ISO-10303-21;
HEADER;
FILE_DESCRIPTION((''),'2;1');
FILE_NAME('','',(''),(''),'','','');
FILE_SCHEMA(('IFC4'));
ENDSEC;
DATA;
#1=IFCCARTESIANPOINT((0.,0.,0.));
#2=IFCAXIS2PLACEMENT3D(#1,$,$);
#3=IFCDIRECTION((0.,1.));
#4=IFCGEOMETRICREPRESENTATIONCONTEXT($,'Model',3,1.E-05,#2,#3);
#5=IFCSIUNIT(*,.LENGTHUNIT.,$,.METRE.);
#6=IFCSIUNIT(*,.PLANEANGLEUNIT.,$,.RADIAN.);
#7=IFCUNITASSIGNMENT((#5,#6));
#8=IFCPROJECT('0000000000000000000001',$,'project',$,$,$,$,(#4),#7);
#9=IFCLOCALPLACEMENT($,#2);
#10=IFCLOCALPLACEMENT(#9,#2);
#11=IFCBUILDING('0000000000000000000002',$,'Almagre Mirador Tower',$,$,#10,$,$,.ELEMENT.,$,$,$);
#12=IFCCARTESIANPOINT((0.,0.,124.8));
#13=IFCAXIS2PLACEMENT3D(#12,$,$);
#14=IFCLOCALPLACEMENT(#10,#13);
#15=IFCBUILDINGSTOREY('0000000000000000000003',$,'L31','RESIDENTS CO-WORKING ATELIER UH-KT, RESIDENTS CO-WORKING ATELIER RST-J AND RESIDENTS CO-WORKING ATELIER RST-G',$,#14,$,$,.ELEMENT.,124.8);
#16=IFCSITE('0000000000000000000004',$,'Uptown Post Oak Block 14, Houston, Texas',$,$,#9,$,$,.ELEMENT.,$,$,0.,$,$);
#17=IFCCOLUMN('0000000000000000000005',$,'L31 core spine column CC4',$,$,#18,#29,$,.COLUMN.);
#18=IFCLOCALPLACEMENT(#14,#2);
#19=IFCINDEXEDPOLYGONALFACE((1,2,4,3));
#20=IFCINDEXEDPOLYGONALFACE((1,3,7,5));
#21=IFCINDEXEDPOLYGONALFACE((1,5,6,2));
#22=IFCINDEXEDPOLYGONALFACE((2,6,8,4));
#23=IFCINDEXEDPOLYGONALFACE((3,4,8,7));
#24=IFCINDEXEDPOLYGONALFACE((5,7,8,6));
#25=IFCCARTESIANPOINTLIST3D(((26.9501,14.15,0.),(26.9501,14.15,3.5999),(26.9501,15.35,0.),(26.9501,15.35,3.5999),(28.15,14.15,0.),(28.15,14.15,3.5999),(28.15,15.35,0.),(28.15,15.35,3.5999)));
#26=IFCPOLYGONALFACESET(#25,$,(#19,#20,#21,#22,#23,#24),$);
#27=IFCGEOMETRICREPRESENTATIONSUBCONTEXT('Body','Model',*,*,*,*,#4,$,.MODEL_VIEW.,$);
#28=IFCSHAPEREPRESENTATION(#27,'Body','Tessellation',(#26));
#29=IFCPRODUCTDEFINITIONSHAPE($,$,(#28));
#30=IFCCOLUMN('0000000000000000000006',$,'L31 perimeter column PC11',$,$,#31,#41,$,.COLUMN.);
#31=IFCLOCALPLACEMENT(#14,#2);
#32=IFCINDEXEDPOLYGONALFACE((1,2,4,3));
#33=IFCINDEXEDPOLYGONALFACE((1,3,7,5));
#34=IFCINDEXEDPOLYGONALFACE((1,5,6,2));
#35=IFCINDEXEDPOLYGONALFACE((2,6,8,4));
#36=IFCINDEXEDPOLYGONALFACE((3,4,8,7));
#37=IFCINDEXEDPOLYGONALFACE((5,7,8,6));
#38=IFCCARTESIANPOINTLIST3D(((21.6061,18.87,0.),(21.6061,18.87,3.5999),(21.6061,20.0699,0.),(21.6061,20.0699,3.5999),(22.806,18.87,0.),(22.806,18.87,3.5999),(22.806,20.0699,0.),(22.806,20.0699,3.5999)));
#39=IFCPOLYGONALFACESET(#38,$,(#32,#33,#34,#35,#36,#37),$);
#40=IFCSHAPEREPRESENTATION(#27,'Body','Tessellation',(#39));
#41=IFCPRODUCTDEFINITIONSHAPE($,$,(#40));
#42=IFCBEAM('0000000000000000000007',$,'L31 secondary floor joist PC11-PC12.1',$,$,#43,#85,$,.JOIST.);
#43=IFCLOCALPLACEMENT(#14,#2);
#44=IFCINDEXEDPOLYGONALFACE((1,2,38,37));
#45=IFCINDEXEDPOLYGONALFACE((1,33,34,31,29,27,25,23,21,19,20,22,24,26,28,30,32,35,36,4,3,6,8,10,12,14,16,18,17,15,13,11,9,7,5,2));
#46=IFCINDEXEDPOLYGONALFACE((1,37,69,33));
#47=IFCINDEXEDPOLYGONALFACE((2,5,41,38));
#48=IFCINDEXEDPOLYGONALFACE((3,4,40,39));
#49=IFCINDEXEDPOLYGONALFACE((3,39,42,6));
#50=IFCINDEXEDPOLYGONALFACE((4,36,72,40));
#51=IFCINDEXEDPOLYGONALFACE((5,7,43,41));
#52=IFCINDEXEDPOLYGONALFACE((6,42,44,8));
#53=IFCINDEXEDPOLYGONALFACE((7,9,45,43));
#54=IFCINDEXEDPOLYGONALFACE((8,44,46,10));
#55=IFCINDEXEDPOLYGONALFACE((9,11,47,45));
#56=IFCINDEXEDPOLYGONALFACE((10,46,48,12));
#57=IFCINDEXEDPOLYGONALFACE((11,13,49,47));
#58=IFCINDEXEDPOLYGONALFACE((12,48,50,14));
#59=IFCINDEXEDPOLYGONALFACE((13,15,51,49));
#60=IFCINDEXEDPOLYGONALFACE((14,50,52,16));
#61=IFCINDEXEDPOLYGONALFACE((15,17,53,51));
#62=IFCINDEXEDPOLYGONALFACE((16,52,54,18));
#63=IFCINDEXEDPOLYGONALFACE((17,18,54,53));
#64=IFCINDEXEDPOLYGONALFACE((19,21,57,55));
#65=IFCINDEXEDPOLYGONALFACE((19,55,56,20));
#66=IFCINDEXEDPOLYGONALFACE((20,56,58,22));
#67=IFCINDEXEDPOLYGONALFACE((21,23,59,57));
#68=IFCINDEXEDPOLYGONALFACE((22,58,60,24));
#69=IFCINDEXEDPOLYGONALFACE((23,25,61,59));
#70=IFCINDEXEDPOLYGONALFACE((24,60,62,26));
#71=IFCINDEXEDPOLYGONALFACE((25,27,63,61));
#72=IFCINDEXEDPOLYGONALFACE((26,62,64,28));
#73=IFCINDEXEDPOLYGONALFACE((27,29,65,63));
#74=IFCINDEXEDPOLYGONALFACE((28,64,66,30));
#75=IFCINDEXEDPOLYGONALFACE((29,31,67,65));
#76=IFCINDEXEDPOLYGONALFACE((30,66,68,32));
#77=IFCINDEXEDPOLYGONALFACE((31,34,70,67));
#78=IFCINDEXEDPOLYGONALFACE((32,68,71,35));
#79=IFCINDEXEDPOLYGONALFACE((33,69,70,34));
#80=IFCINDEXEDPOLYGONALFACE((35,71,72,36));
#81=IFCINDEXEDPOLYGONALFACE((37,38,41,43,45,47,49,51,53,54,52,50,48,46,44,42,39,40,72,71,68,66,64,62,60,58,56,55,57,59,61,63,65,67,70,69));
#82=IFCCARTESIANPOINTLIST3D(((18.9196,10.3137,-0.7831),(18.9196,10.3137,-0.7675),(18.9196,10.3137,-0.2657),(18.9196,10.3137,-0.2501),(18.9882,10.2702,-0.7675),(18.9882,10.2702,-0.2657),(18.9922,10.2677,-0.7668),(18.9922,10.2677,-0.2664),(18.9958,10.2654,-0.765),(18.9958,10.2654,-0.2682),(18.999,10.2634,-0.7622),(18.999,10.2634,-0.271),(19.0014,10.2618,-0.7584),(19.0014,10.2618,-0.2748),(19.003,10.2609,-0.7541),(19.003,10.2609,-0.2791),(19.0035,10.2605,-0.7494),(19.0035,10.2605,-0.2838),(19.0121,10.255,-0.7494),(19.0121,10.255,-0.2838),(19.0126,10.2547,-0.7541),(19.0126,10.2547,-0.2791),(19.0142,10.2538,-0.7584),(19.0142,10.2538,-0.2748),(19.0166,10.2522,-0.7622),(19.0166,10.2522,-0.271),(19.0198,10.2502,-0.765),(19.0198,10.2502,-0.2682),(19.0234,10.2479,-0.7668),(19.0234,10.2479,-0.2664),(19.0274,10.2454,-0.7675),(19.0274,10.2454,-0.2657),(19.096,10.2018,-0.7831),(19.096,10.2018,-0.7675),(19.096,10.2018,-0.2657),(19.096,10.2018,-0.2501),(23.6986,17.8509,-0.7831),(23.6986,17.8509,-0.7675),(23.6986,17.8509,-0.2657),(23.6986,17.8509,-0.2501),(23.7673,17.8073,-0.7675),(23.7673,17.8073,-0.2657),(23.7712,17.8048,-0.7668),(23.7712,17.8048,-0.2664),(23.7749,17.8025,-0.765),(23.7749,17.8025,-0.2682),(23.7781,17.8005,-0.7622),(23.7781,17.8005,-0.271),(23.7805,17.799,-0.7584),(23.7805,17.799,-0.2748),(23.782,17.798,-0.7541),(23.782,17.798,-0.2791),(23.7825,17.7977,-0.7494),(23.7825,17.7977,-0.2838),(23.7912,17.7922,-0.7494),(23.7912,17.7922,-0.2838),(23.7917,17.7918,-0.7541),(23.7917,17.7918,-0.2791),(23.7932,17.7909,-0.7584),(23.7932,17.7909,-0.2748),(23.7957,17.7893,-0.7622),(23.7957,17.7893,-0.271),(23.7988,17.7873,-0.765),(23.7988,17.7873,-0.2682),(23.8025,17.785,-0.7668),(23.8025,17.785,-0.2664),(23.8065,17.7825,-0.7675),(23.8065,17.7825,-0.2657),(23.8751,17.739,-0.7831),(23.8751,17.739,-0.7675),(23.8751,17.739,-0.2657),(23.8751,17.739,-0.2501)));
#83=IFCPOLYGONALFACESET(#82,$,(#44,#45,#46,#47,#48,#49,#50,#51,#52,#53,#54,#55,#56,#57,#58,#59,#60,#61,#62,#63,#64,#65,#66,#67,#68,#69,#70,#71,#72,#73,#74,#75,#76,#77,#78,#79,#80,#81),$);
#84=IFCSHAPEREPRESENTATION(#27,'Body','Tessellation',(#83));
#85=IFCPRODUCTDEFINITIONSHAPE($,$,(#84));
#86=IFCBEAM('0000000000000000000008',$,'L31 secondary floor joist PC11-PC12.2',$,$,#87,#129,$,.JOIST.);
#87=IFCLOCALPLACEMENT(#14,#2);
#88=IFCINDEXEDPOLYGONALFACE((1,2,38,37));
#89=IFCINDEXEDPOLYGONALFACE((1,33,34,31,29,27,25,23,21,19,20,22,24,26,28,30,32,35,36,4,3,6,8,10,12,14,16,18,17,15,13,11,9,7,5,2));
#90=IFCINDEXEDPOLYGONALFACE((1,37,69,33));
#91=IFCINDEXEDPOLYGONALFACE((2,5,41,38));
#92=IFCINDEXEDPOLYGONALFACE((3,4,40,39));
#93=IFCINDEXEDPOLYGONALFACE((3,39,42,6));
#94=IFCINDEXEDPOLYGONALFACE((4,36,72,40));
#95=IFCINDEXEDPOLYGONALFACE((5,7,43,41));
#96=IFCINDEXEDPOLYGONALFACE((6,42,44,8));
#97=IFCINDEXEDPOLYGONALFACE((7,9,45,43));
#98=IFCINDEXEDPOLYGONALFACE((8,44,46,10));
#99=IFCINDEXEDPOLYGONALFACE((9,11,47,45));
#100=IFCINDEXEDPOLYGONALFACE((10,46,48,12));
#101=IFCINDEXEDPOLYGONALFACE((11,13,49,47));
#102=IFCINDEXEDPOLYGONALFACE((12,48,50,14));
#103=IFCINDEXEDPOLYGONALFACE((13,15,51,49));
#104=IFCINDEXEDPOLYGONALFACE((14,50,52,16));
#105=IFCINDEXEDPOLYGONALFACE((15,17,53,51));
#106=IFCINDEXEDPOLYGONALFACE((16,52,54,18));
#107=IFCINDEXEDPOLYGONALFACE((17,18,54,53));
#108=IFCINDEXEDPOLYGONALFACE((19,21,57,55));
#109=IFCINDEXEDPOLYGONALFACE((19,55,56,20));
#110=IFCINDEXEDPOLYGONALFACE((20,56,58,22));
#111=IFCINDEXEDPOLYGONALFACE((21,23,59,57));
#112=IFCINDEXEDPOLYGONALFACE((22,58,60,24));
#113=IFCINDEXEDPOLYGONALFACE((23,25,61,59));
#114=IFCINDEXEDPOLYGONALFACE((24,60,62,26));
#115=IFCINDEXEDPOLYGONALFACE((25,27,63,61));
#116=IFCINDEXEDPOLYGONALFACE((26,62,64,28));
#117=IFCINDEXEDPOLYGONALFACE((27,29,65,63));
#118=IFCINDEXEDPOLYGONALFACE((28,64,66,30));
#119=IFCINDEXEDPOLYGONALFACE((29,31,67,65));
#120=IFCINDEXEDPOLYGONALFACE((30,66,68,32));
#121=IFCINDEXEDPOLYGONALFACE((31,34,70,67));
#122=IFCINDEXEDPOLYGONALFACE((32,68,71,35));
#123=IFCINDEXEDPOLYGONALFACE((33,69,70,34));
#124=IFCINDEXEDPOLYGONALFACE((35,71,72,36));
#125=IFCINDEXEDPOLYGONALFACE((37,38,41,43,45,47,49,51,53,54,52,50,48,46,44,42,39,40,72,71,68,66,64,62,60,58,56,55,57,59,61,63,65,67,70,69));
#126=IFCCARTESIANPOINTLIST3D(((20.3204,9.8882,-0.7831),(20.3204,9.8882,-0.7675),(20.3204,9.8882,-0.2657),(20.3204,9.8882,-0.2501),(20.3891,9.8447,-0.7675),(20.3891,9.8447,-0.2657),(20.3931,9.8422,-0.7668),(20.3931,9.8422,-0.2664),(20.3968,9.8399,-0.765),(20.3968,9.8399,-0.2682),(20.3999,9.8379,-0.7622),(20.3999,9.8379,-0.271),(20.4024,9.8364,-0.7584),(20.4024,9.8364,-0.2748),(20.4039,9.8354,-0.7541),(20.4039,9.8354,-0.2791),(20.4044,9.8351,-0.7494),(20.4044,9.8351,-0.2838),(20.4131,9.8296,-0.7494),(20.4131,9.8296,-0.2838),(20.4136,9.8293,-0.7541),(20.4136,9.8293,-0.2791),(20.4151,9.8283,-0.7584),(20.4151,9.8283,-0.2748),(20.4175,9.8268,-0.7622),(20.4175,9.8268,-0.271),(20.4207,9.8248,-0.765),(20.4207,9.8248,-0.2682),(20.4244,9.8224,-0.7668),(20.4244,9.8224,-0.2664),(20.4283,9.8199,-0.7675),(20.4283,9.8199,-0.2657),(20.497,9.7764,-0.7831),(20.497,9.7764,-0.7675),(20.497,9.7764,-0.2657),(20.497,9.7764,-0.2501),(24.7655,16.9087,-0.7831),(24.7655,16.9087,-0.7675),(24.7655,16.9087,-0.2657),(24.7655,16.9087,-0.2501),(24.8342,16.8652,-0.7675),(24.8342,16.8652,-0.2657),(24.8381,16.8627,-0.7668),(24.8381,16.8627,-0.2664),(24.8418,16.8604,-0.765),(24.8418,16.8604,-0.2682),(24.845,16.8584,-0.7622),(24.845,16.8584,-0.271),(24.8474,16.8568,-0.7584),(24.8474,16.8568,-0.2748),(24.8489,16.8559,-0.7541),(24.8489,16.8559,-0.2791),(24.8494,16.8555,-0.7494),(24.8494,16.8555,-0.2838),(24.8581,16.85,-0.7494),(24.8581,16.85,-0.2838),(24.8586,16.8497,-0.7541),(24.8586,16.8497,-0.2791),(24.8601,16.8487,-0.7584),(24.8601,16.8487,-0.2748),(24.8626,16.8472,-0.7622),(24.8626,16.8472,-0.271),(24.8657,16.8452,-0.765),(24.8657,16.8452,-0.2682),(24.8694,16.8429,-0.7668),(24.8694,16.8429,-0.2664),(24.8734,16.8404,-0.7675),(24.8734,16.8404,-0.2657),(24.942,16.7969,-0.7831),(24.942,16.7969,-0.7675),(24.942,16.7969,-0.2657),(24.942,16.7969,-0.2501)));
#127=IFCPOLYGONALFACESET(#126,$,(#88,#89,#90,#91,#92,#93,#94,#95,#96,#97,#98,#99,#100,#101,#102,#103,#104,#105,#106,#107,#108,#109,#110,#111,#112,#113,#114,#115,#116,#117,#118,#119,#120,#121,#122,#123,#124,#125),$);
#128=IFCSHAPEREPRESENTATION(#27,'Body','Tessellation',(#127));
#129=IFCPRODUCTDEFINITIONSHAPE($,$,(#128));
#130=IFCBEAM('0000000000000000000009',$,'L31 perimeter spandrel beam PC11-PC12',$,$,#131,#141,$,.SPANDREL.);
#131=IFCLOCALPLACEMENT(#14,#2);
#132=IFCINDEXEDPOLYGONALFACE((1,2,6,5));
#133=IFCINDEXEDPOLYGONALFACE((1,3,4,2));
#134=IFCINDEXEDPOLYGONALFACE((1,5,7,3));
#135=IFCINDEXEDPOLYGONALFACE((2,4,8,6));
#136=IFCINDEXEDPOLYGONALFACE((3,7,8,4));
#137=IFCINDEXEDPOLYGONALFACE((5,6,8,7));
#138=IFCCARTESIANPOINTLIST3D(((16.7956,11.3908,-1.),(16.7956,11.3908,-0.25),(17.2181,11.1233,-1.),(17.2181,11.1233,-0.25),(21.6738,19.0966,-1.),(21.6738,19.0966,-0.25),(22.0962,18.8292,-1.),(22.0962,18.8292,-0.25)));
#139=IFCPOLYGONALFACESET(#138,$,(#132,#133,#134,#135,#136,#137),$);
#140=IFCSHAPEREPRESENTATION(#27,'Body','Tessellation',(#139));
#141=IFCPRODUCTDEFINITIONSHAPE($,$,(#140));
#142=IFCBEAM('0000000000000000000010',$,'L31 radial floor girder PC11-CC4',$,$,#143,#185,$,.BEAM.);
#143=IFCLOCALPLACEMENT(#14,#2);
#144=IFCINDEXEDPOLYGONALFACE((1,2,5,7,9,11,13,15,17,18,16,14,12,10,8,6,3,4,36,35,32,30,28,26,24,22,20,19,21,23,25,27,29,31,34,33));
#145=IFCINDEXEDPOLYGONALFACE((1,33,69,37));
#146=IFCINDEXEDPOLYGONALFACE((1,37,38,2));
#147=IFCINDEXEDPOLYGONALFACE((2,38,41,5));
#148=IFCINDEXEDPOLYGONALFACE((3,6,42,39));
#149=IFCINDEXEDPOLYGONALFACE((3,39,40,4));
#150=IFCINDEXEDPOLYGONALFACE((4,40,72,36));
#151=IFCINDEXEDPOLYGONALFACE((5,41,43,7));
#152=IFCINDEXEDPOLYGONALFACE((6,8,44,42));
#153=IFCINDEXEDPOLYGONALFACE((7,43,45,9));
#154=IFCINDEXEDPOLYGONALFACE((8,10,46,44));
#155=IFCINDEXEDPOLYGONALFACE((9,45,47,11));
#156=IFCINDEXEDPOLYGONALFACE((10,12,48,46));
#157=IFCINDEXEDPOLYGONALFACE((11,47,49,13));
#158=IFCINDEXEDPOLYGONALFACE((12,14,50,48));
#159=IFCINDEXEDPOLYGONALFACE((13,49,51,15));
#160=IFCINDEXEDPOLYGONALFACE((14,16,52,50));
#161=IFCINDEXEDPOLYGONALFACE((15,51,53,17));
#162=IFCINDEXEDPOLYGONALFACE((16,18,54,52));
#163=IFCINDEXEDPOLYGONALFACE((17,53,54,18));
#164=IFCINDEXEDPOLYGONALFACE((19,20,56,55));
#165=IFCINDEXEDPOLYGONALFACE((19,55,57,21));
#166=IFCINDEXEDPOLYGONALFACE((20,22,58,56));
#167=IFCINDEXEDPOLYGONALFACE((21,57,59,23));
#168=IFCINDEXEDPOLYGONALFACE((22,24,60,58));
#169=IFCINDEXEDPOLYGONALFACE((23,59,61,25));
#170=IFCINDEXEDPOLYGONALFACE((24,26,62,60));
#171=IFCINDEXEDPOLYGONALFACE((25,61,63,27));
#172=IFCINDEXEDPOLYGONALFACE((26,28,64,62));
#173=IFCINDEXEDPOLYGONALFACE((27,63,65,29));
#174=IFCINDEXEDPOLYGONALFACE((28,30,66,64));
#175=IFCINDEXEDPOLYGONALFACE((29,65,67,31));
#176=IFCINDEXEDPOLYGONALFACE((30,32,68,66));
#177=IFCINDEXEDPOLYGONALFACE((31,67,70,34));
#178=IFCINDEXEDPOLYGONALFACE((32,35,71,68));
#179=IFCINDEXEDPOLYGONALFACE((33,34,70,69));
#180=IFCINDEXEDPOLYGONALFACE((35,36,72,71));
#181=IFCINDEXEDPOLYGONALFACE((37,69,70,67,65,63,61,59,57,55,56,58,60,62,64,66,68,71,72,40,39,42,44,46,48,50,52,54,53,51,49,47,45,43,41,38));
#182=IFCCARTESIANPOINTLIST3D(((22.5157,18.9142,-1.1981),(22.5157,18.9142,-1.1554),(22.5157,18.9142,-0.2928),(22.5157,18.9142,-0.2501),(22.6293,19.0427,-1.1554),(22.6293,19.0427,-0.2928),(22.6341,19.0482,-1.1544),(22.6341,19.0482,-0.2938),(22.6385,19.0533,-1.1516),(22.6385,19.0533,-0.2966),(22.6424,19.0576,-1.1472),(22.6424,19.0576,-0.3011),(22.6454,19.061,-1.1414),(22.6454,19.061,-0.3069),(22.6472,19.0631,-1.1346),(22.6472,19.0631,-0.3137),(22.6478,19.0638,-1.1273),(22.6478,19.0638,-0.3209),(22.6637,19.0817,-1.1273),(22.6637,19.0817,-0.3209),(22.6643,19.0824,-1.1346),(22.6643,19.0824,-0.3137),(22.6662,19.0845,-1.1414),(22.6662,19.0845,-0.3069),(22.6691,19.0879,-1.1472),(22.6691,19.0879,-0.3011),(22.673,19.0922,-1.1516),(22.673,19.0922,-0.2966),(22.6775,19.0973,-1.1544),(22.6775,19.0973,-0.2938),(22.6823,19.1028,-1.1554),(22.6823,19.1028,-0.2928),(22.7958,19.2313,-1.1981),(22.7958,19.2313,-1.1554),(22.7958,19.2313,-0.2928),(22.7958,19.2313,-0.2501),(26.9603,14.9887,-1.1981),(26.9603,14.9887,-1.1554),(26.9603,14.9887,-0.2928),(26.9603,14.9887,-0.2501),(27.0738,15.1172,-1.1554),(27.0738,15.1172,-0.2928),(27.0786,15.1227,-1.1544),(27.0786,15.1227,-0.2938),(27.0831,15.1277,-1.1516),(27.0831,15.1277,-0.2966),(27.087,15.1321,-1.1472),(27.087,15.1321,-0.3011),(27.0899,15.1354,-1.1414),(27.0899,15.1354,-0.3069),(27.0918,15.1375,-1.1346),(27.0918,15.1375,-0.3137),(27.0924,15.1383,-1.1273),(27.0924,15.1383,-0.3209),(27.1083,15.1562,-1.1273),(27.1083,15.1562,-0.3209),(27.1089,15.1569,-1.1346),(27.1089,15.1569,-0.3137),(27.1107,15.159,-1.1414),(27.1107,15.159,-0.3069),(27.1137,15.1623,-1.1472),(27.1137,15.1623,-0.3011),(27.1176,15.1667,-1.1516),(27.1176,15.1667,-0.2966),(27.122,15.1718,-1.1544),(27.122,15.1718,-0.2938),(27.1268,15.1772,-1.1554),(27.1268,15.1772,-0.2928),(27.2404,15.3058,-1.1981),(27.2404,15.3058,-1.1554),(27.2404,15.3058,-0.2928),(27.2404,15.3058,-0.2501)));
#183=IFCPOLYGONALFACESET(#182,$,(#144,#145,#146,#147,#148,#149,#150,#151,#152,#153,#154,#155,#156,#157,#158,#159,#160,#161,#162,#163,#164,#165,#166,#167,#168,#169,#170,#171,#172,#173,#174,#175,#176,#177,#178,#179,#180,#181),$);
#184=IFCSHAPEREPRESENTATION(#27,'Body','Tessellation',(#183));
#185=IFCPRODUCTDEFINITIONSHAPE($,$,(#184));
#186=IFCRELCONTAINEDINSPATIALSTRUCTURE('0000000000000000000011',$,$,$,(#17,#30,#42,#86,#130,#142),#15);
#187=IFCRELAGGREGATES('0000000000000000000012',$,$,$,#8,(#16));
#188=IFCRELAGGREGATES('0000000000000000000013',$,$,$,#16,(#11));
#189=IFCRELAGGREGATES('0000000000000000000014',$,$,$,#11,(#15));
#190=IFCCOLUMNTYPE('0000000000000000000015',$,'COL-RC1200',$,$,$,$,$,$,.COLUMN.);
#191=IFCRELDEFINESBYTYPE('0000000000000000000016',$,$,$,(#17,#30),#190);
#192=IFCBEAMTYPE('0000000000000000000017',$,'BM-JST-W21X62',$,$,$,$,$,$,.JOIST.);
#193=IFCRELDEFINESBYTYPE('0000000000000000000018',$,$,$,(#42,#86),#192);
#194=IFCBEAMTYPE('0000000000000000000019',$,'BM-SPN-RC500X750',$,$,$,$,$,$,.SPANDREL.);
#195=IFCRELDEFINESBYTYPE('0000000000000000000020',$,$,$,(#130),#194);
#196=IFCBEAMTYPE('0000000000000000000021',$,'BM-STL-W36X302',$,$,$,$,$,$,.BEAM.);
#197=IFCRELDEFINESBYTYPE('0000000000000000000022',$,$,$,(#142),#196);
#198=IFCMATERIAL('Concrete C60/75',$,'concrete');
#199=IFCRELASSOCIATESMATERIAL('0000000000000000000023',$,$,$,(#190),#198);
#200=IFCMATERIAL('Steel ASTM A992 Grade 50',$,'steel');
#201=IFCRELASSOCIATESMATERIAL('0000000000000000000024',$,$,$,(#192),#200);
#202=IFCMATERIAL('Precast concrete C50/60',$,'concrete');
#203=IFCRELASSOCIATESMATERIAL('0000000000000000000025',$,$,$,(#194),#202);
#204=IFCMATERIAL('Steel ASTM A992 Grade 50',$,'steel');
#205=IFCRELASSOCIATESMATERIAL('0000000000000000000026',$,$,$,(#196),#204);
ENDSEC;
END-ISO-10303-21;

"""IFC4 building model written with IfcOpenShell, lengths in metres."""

from ifc_helpers import new_model, si_unit, direction, frame, origin, origin_2d, place, context, subcontext, project, spatial, rectangle, i_section, extrude, material, material_profile, profile_set, type_object, element, save


model = new_model("IFC4")

# Units and contexts
model_context = context("Model", 3, precision=1e-05, world=origin(), true_north=direction((0.0, 1.0)))
body_context = subcontext(model_context, "Body", "Model", "MODEL_VIEW")
ifc_project = project(units=[si_unit("LENGTHUNIT", "METRE"), si_unit("PLANEANGLEUNIT", "RADIAN")], contexts=[model_context])

# Site, building, storey
site_placement = place(None, origin())
site = spatial("IfcSite", under=ifc_project, at=site_placement, Name="Uptown Post Oak Block 14, Houston, Texas", CompositionType="ELEMENT", RefElevation=0.0)
building_placement = place(site_placement, origin())
building = spatial("IfcBuilding", under=site, at=building_placement, Name="Almagre Mirador Tower", CompositionType="ELEMENT")
storey_placement = place(building_placement, frame((0.0, 0.0, 124.8)))
storey = spatial("IfcBuildingStorey", under=building, at=storey_placement, Name="L31", Description="RESIDENTS CO-WORKING ATELIER UH-KT, RESIDENTS CO-WORKING ATELIER RST-J AND RESIDENTS CO-WORKING ATELIER RST-G", CompositionType="ELEMENT", Elevation=124.8)

# Columns
ifc_material_1 = material(Name="Concrete C60/75", Category="concrete")
ifc_material_profile_1 = material_profile(ifc_material_1, rectangle(XDim=1.2, YDim=1.2, at=origin_2d()), Name="RC1200X1200")
ifc_profile_set_1 = profile_set([ifc_material_profile_1], Name="Concrete C60/75")
column_type = type_object("IfcColumnType", Name="COL-RC1200", PredefinedType="COLUMN", material=ifc_profile_set_1)
for number, where, z_axis, x_axis, name in (
    (1, (27.55, 14.75, 0.0), (0.0, 0.0, 1.0), (1.0, 0.0, 0.0), "L31 core spine column CC4"),
    (2, (22.2061, 19.47, 0.0), (0.0, 0.0, 1.0), (1.0, 0.0, 0.0), "L31 perimeter column PC11"),
):
    element("IfcColumn", number, at=place(storey_placement, frame(where, z_axis=z_axis, x_axis=x_axis)), inside=storey, type_object=column_type, Name=name, PredefinedType="COLUMN", context=body_context, shape_type="SweptSolid", body=[
        extrude(rectangle(XDim=1.2, YDim=1.2, at=origin_2d()), origin(), (0.0, 0.0, 1.0), 3.5999),
    ])

# Beams
ifc_material_2 = material(Name="Steel ASTM A992 Grade 50", Category="steel")
ifc_material_profile_2 = material_profile(ifc_material_2, i_section(OverallWidth=0.209, OverallDepth=0.533, WebThickness=0.0103, FlangeThickness=0.0156, FilletRadius=0.0181, at=origin_2d()), Name="W21X62")
ifc_profile_set_2 = profile_set([ifc_material_profile_2], Name="Steel ASTM A992 Grade 50")
beam_type_1 = type_object("IfcBeamType", Name="BM-JST-W21X62", PredefinedType="JOIST", material=ifc_profile_set_2)
beam_1_placement = place(storey_placement, frame((23.7869, 17.7949, -0.5166), z_axis=(-0.535496, -0.844538, 0.0), x_axis=(0.844538, -0.535496, 0.0)))
element("IfcBeam", 3, at=beam_1_placement, inside=storey, type_object=beam_type_1, Name="L31 secondary floor joist PC11-PC12.1", PredefinedType="JOIST", context=body_context, shape_type="SweptSolid", body=[
    extrude(i_section(OverallWidth=0.209, OverallDepth=0.533, WebThickness=0.0103, FlangeThickness=0.0156, FilletRadius=0.0181, at=origin_2d()), origin(), (0.0, 0.0, 1.0), 8.9246),
])
beam_2_placement = place(storey_placement, frame((24.8538, 16.8528, -0.5166), z_axis=(-0.534944, -0.844887, 0.0), x_axis=(0.844887, -0.534944, 0.0)))
element("IfcBeam", 4, at=beam_2_placement, inside=storey, type_object=beam_type_1, Name="L31 secondary floor joist PC11-PC12.2", PredefinedType="JOIST", context=body_context, shape_type="SweptSolid", body=[
    extrude(i_section(OverallWidth=0.209, OverallDepth=0.533, WebThickness=0.0103, FlangeThickness=0.0156, FilletRadius=0.0181, at=origin_2d()), origin(), (0.0, 0.0, 1.0), 8.3093),
])
ifc_material_3 = material(Name="Precast concrete C50/60", Category="concrete")
ifc_material_profile_3 = material_profile(ifc_material_3, rectangle(XDim=0.5, YDim=0.75, at=origin_2d()), Name="RC500X750")
ifc_profile_set_3 = profile_set([ifc_material_profile_3], Name="Precast concrete C50/60")
beam_type_2 = type_object("IfcBeamType", Name="BM-SPN-RC500X750", PredefinedType="SPANDREL", material=ifc_profile_set_3)
beam_3_placement = place(storey_placement, frame((21.885, 18.9629, -0.625), z_axis=(-0.534882, -0.844927, 0.0), x_axis=(0.844927, -0.534882, 0.0)))
element("IfcBeam", 5, at=beam_3_placement, inside=storey, type_object=beam_type_2, Name="L31 perimeter spandrel beam PC11-PC12", PredefinedType="SPANDREL", context=body_context, shape_type="SweptSolid", body=[
    extrude(rectangle(XDim=0.5, YDim=0.75, at=origin_2d()), origin(), (0.0, 0.0, 1.0), 9.1201),
])
ifc_material_4 = material(Name="Steel ASTM A992 Grade 50", Category="steel")
ifc_material_profile_4 = material_profile(ifc_material_4, i_section(OverallWidth=0.4231, OverallDepth=0.948, WebThickness=0.0239, FlangeThickness=0.0427, FilletRadius=0.0281, at=origin_2d()), Name="W36X302")
ifc_profile_set_4 = profile_set([ifc_material_profile_4], Name="Steel ASTM A992 Grade 50")
beam_type_3 = type_object("IfcBeamType", Name="BM-STL-W36X302", PredefinedType="BEAM", material=ifc_profile_set_4)
beam_4_placement = place(storey_placement, frame((22.6558, 19.0728, -0.7241), z_axis=(0.749516, -0.661986, 0.0), x_axis=(0.661986, 0.749516, 0.0)))
element("IfcBeam", 6, at=beam_4_placement, inside=storey, type_object=beam_type_3, Name="L31 radial floor girder PC11-CC4", PredefinedType="BEAM", context=body_context, shape_type="SweptSolid", body=[
    extrude(i_section(OverallWidth=0.4231, OverallDepth=0.948, WebThickness=0.0239, FlangeThickness=0.0427, FilletRadius=0.0281, at=origin_2d()), origin(), (0.0, 0.0, 1.0), 5.9299),
])

save(model, "model.ifc")
